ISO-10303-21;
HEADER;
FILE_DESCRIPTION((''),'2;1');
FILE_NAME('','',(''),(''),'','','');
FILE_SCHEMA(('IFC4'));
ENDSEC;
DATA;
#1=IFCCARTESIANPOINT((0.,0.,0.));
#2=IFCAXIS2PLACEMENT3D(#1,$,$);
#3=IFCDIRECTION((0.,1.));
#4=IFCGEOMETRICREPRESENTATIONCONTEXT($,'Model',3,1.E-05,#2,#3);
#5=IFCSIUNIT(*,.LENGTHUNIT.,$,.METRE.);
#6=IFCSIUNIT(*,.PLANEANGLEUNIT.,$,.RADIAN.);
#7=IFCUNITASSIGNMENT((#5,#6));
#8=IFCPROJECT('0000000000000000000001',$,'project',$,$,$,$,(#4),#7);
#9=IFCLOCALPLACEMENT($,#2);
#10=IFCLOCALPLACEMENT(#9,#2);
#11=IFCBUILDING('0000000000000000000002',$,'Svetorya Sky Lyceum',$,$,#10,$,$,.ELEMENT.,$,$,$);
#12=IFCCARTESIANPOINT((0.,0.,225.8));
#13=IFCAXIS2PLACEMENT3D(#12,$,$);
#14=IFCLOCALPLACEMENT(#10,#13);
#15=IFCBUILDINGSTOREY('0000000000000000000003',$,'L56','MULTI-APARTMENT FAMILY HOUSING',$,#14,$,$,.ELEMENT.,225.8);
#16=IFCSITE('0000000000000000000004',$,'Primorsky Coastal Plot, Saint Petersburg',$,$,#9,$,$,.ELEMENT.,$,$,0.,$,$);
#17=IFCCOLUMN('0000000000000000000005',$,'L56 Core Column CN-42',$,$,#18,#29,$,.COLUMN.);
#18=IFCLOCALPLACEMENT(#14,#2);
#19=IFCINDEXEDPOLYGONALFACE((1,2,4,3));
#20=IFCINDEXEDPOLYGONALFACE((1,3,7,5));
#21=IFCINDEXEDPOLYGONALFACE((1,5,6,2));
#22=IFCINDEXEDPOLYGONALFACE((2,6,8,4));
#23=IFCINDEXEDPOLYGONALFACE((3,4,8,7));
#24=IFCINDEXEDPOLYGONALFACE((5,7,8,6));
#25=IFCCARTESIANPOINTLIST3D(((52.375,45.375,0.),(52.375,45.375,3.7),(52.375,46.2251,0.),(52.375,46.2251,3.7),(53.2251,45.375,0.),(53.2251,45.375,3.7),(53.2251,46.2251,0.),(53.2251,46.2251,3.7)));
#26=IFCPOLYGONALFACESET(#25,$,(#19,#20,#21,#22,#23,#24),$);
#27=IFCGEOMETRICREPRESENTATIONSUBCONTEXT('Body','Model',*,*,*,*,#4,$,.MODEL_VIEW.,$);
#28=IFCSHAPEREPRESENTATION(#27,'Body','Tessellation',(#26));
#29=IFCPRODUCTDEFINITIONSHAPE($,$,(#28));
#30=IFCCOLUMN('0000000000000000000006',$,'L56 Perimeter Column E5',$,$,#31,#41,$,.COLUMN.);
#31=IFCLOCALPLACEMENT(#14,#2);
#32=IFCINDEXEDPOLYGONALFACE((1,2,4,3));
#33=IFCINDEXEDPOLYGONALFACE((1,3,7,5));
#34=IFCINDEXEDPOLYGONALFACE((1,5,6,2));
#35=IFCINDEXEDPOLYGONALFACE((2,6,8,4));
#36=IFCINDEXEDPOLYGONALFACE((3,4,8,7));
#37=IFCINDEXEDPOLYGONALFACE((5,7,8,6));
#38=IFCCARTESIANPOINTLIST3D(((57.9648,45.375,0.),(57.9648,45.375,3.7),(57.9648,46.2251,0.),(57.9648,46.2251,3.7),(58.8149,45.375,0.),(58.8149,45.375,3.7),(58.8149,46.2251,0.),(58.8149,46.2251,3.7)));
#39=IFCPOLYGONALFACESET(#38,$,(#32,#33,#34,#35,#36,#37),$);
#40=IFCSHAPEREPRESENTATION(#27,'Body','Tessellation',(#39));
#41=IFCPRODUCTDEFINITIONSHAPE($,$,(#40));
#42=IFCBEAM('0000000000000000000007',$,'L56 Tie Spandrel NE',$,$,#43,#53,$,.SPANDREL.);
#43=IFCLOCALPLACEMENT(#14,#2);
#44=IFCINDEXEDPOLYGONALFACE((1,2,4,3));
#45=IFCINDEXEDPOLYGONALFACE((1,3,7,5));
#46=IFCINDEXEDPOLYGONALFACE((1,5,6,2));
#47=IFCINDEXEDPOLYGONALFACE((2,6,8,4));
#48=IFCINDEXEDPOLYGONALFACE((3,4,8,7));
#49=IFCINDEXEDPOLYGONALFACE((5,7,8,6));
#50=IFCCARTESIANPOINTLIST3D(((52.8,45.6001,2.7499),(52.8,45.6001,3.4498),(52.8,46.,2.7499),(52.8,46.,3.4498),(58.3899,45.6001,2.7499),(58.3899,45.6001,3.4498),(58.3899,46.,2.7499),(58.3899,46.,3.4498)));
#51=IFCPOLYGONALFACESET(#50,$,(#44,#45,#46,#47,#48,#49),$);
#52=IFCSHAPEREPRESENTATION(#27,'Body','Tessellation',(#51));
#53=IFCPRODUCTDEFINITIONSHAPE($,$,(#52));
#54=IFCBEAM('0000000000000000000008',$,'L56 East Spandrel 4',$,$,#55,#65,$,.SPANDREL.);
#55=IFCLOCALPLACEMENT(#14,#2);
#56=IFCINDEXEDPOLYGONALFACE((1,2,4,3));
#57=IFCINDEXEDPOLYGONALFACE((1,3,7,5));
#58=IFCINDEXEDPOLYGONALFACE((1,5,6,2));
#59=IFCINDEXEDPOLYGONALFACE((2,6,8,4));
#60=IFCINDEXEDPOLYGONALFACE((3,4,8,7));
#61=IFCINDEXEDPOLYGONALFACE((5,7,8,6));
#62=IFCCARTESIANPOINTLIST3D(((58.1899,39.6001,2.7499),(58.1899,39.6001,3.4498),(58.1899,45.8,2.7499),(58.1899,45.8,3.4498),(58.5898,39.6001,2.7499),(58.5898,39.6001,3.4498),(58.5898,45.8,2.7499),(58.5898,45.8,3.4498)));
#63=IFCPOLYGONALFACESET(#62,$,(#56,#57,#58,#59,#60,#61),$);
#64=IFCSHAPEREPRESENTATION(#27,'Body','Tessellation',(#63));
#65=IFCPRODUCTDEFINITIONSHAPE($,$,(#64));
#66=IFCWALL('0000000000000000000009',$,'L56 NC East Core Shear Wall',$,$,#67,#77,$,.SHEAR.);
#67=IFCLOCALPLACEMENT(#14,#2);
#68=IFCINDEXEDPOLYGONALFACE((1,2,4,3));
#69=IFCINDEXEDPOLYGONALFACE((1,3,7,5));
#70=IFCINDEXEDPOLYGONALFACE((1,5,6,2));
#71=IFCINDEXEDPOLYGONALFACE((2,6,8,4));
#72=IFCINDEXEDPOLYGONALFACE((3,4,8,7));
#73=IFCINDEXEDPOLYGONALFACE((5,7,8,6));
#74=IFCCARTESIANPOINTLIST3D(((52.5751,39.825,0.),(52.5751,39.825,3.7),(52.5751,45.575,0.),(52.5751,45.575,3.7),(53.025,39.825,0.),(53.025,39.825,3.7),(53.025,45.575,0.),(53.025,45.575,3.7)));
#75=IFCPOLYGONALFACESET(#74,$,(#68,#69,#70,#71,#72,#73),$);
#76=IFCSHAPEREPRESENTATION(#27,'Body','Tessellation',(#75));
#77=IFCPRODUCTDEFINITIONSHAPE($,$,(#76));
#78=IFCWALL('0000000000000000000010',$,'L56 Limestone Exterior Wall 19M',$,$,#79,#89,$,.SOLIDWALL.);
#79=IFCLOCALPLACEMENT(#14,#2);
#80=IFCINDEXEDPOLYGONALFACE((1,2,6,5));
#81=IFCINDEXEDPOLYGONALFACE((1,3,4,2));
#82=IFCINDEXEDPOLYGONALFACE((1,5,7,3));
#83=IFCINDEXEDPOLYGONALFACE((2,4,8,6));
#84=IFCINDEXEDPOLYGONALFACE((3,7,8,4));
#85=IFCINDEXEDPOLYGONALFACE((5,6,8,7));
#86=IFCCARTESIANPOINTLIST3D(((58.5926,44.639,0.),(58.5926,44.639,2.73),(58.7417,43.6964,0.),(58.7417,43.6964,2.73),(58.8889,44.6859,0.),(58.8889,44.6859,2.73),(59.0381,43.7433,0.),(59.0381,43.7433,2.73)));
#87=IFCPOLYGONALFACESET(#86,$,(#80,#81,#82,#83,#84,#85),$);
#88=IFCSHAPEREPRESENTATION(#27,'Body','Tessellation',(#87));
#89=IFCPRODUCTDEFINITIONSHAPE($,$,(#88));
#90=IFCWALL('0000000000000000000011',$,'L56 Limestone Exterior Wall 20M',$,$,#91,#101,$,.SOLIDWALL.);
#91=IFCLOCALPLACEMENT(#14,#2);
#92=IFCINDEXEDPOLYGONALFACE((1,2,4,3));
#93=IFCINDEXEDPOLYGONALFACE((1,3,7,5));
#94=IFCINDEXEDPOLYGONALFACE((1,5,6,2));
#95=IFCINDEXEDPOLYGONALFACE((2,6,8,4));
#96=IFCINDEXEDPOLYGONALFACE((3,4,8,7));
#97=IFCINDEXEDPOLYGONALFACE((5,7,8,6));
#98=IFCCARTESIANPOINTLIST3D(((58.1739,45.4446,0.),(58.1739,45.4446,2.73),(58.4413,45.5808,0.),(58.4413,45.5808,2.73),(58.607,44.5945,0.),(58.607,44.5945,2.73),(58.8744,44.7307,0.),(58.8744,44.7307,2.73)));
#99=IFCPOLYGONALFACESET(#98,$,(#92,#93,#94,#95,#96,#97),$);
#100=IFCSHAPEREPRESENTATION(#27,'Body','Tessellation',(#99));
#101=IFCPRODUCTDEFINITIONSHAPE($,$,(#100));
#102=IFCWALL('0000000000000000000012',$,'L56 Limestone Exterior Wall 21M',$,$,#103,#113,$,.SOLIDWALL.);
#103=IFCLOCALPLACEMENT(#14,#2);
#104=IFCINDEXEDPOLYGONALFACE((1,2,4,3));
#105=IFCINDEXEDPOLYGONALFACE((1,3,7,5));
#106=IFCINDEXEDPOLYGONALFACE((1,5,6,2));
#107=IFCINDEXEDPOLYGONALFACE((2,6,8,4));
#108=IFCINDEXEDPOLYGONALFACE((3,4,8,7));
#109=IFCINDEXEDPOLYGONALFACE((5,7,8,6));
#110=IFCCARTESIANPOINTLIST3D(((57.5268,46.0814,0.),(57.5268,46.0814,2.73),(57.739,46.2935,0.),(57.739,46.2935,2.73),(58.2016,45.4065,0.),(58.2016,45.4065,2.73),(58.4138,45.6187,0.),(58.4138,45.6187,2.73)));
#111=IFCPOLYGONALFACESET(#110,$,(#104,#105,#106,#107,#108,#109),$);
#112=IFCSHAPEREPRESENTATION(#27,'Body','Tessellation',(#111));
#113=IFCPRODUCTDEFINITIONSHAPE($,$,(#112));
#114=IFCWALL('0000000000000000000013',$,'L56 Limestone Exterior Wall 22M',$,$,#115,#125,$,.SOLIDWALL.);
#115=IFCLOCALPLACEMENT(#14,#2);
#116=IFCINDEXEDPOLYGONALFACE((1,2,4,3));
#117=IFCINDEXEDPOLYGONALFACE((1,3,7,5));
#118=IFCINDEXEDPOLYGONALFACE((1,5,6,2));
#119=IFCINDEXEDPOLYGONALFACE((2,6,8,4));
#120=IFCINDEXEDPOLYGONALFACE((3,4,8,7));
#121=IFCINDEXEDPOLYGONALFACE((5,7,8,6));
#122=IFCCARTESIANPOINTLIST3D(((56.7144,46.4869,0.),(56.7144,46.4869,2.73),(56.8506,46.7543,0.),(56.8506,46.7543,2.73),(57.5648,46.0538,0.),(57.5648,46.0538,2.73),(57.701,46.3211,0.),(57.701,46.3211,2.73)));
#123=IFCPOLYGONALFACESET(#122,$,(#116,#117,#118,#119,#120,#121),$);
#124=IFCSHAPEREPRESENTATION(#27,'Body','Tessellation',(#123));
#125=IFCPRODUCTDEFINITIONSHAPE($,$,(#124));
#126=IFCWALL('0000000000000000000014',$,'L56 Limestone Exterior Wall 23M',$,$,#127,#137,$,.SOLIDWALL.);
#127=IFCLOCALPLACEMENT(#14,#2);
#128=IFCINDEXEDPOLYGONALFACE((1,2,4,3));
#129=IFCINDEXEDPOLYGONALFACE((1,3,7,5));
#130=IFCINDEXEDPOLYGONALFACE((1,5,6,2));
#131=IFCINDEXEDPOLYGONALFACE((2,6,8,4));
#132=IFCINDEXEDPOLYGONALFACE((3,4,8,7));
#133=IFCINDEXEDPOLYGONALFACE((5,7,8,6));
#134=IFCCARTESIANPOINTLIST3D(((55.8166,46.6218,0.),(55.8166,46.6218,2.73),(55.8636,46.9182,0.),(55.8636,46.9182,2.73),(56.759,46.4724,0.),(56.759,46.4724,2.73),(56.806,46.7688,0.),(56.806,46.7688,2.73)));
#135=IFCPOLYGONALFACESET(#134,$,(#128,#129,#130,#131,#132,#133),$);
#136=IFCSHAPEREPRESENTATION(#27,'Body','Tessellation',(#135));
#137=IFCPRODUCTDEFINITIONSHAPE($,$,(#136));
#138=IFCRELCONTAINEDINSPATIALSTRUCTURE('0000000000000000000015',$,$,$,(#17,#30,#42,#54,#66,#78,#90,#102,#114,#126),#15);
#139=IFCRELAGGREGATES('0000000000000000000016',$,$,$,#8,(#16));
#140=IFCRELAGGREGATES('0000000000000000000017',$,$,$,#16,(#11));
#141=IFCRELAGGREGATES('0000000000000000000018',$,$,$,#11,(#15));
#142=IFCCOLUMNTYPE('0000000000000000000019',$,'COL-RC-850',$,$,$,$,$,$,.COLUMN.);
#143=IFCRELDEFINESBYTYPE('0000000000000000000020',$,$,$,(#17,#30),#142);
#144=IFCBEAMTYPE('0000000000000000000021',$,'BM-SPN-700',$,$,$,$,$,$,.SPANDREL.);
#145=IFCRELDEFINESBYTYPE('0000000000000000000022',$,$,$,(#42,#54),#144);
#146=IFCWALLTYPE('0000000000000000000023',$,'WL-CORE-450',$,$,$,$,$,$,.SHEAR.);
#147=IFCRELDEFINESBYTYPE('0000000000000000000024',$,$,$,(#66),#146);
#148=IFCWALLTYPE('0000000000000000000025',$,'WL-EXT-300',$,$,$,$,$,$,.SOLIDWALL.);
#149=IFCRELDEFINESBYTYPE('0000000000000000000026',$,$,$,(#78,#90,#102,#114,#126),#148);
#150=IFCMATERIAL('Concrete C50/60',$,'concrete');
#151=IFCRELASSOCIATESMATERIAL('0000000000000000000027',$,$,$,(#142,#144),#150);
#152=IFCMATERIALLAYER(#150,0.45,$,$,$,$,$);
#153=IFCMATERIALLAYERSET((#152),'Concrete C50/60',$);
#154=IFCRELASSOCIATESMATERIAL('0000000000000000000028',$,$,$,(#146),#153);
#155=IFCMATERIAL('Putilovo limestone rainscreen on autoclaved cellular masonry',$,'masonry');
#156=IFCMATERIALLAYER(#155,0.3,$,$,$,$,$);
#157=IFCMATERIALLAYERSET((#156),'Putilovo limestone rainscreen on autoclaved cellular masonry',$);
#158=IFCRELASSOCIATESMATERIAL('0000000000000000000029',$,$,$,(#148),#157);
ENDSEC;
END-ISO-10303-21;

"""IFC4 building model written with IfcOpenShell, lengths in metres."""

from ifc_helpers import new_model, si_unit, direction, frame, frame_2d, origin, origin_2d, place, context, subcontext, project, spatial, rectangle, extrude, material, layer, layer_set, material_profile, profile_set, type_object, element, save


model = new_model("IFC4")

# Units and contexts
model_context = context("Model", 3, precision=1e-05, world=origin(), true_north=direction((0.0, 1.0)))
body_context = subcontext(model_context, "Body", "Model", "MODEL_VIEW")
ifc_project = project(units=[si_unit("LENGTHUNIT", "METRE"), si_unit("PLANEANGLEUNIT", "RADIAN")], contexts=[model_context])

# Site, building, storey
site_placement = place(None, origin())
site = spatial("IfcSite", under=ifc_project, at=site_placement, Name="Primorsky Coastal Plot, Saint Petersburg", CompositionType="ELEMENT", RefElevation=0.0)
building_placement = place(site_placement, origin())
building = spatial("IfcBuilding", under=site, at=building_placement, Name="Svetorya Sky Lyceum", CompositionType="ELEMENT")
storey_placement = place(building_placement, frame((0.0, 0.0, 225.8)))
storey = spatial("IfcBuildingStorey", under=building, at=storey_placement, Name="L56", Description="MULTI-APARTMENT FAMILY HOUSING", CompositionType="ELEMENT", Elevation=225.8)

# Columns
ifc_material_1 = material(Name="Concrete C50/60", Category="concrete")
ifc_material_profile_1 = material_profile(ifc_material_1, rectangle(XDim=0.8501, YDim=0.8501, at=origin_2d()), Name="RC COL 850x850")
ifc_profile_set_1 = profile_set([ifc_material_profile_1], Name="Concrete C50/60")
column_type = type_object("IfcColumnType", Name="COL-RC-850", PredefinedType="COLUMN", material=ifc_profile_set_1)
for number, where, z_axis, x_axis, name in (
    (1, (52.8, 45.8, 0.0), (0.0, 0.0, 1.0), (1.0, 0.0, 0.0), "L56 Core Column CN-42"),
    (2, (58.3899, 45.8, 0.0), (0.0, 0.0, 1.0), (1.0, 0.0, 0.0), "L56 Perimeter Column E5"),
):
    element("IfcColumn", number, at=place(storey_placement, frame(where, z_axis=z_axis, x_axis=x_axis)), inside=storey, type_object=column_type, Name=name, PredefinedType="COLUMN", context=body_context, shape_type="SweptSolid", body=[
        extrude(rectangle(XDim=0.8501, YDim=0.8501, at=origin_2d()), origin(), (0.0, 0.0, 1.0), 3.7),
    ])

# Beams
ifc_material_profile_2 = material_profile(ifc_material_1, rectangle(XDim=0.3999, YDim=0.7, at=origin_2d()), Name="RC SPANDREL 400x700")
ifc_profile_set_2 = profile_set([ifc_material_profile_2], Name="Concrete C50/60")
beam_type = type_object("IfcBeamType", Name="BM-SPN-700", PredefinedType="SPANDREL", material=ifc_profile_set_2)
beam_1_placement = place(storey_placement, frame((52.8, 45.8, 3.0999), z_axis=(1.0, 0.0, 0.0), x_axis=(0.0, 1.0, 0.0)))
element("IfcBeam", 3, at=beam_1_placement, inside=storey, type_object=beam_type, Name="L56 Tie Spandrel NE", PredefinedType="SPANDREL", context=body_context, shape_type="SweptSolid", body=[
    extrude(rectangle(XDim=0.3999, YDim=0.7, at=origin_2d()), origin(), (0.0, 0.0, 1.0), 5.5898),
])
beam_2_placement = place(storey_placement, frame((58.3899, 39.6001, 3.0999), z_axis=(0.0, 1.0, 0.0), x_axis=(-1.0, 0.0, 0.0)))
element("IfcBeam", 4, at=beam_2_placement, inside=storey, type_object=beam_type, Name="L56 East Spandrel 4", PredefinedType="SPANDREL", context=body_context, shape_type="SweptSolid", body=[
    extrude(rectangle(XDim=0.3999, YDim=0.7, at=origin_2d()), origin(), (0.0, 0.0, 1.0), 6.2),
])

# Walls
ifc_layer_1 = layer(ifc_material_1, 0.45)
ifc_layer_set_1 = layer_set([ifc_layer_1], Name="Concrete C50/60")
wall_type_1 = type_object("IfcWallType", Name="WL-CORE-450", PredefinedType="SHEAR", material=ifc_layer_set_1)
wall_1_placement = place(storey_placement, frame((52.8, 39.825, 0.0), z_axis=(0.0, 0.0, 1.0), x_axis=(0.0, 1.0, 0.0)))
element("IfcWall", 5, at=wall_1_placement, inside=storey, type_object=wall_type_1, Name="L56 NC East Core Shear Wall", PredefinedType="SHEAR", context=body_context, shape_type="SweptSolid", body=[
    extrude(rectangle(XDim=5.75, YDim=0.45, at=frame_2d((2.875, 0.0))), origin(), (0.0, 0.0, 1.0), 3.7),
])
ifc_material_2 = material(Name="Putilovo limestone rainscreen on autoclaved cellular masonry", Category="masonry")
ifc_layer_2 = layer(ifc_material_2, 0.3)
ifc_layer_set_2 = layer_set([ifc_layer_2], Name="Putilovo limestone rainscreen on autoclaved cellular masonry")
wall_type_2 = type_object("IfcWallType", Name="WL-EXT-300", PredefinedType="SOLIDWALL", material=ifc_layer_set_2)
wall_2_placement = place(storey_placement, frame((58.8899, 43.72, 0.0), z_axis=(0.0, 0.0, 1.0), x_axis=(-0.156304, 0.987709, 0.0)))
element("IfcWall", 6, at=wall_2_placement, inside=storey, type_object=wall_type_2, Name="L56 Limestone Exterior Wall 19M", PredefinedType="SOLIDWALL", context=body_context, shape_type="SweptSolid", body=[
    extrude(rectangle(XDim=0.9543, YDim=0.3, at=frame_2d((0.4771, 0.0))), origin(), (0.0, 0.0, 1.0), 2.73),
])
wall_3_placement = place(storey_placement, frame((58.7407, 44.6626, 0.0), z_axis=(0.0, 0.0, 1.0), x_axis=(-0.453956, 0.891024, 0.0)))
element("IfcWall", 7, at=wall_3_placement, inside=storey, type_object=wall_type_2, Name="L56 Limestone Exterior Wall 20M", PredefinedType="SOLIDWALL", context=body_context, shape_type="SweptSolid", body=[
    extrude(rectangle(XDim=0.9541, YDim=0.3, at=frame_2d((0.4771, 0.0))), origin(), (0.0, 0.0, 1.0), 2.73),
])
for number, where, z_axis, x_axis, name in (
    (8, (58.3076, 45.5127, 0.0), (0.0, 0.0, 1.0), (-0.707107, 0.707107, 0.0), "L56 Limestone Exterior Wall 21M"),
    (9, (57.6328, 46.1875, 0.0), (0.0, 0.0, 1.0), (-0.891077, 0.453853, 0.0), "L56 Limestone Exterior Wall 22M"),
):
    element("IfcWall", number, at=place(storey_placement, frame(where, z_axis=z_axis, x_axis=x_axis)), inside=storey, type_object=wall_type_2, Name=name, PredefinedType="SOLIDWALL", context=body_context, shape_type="SweptSolid", body=[
        extrude(rectangle(XDim=0.9543, YDim=0.3, at=frame_2d((0.4771, 0.0))), origin(), (0.0, 0.0, 1.0), 2.73),
    ])
wall_4_placement = place(storey_placement, frame((56.7825, 46.6206, 0.0), z_axis=(0.0, 0.0, 1.0), x_axis=(-0.987663, 0.156593, 0.0)))
element("IfcWall", 10, at=wall_4_placement, inside=storey, type_object=wall_type_2, Name="L56 Limestone Exterior Wall 23M", PredefinedType="SOLIDWALL", context=body_context, shape_type="SweptSolid", body=[
    extrude(rectangle(XDim=0.9541, YDim=0.3, at=frame_2d((0.4771, 0.0))), origin(), (0.0, 0.0, 1.0), 2.73),
])

save(model, "model.ifc")
